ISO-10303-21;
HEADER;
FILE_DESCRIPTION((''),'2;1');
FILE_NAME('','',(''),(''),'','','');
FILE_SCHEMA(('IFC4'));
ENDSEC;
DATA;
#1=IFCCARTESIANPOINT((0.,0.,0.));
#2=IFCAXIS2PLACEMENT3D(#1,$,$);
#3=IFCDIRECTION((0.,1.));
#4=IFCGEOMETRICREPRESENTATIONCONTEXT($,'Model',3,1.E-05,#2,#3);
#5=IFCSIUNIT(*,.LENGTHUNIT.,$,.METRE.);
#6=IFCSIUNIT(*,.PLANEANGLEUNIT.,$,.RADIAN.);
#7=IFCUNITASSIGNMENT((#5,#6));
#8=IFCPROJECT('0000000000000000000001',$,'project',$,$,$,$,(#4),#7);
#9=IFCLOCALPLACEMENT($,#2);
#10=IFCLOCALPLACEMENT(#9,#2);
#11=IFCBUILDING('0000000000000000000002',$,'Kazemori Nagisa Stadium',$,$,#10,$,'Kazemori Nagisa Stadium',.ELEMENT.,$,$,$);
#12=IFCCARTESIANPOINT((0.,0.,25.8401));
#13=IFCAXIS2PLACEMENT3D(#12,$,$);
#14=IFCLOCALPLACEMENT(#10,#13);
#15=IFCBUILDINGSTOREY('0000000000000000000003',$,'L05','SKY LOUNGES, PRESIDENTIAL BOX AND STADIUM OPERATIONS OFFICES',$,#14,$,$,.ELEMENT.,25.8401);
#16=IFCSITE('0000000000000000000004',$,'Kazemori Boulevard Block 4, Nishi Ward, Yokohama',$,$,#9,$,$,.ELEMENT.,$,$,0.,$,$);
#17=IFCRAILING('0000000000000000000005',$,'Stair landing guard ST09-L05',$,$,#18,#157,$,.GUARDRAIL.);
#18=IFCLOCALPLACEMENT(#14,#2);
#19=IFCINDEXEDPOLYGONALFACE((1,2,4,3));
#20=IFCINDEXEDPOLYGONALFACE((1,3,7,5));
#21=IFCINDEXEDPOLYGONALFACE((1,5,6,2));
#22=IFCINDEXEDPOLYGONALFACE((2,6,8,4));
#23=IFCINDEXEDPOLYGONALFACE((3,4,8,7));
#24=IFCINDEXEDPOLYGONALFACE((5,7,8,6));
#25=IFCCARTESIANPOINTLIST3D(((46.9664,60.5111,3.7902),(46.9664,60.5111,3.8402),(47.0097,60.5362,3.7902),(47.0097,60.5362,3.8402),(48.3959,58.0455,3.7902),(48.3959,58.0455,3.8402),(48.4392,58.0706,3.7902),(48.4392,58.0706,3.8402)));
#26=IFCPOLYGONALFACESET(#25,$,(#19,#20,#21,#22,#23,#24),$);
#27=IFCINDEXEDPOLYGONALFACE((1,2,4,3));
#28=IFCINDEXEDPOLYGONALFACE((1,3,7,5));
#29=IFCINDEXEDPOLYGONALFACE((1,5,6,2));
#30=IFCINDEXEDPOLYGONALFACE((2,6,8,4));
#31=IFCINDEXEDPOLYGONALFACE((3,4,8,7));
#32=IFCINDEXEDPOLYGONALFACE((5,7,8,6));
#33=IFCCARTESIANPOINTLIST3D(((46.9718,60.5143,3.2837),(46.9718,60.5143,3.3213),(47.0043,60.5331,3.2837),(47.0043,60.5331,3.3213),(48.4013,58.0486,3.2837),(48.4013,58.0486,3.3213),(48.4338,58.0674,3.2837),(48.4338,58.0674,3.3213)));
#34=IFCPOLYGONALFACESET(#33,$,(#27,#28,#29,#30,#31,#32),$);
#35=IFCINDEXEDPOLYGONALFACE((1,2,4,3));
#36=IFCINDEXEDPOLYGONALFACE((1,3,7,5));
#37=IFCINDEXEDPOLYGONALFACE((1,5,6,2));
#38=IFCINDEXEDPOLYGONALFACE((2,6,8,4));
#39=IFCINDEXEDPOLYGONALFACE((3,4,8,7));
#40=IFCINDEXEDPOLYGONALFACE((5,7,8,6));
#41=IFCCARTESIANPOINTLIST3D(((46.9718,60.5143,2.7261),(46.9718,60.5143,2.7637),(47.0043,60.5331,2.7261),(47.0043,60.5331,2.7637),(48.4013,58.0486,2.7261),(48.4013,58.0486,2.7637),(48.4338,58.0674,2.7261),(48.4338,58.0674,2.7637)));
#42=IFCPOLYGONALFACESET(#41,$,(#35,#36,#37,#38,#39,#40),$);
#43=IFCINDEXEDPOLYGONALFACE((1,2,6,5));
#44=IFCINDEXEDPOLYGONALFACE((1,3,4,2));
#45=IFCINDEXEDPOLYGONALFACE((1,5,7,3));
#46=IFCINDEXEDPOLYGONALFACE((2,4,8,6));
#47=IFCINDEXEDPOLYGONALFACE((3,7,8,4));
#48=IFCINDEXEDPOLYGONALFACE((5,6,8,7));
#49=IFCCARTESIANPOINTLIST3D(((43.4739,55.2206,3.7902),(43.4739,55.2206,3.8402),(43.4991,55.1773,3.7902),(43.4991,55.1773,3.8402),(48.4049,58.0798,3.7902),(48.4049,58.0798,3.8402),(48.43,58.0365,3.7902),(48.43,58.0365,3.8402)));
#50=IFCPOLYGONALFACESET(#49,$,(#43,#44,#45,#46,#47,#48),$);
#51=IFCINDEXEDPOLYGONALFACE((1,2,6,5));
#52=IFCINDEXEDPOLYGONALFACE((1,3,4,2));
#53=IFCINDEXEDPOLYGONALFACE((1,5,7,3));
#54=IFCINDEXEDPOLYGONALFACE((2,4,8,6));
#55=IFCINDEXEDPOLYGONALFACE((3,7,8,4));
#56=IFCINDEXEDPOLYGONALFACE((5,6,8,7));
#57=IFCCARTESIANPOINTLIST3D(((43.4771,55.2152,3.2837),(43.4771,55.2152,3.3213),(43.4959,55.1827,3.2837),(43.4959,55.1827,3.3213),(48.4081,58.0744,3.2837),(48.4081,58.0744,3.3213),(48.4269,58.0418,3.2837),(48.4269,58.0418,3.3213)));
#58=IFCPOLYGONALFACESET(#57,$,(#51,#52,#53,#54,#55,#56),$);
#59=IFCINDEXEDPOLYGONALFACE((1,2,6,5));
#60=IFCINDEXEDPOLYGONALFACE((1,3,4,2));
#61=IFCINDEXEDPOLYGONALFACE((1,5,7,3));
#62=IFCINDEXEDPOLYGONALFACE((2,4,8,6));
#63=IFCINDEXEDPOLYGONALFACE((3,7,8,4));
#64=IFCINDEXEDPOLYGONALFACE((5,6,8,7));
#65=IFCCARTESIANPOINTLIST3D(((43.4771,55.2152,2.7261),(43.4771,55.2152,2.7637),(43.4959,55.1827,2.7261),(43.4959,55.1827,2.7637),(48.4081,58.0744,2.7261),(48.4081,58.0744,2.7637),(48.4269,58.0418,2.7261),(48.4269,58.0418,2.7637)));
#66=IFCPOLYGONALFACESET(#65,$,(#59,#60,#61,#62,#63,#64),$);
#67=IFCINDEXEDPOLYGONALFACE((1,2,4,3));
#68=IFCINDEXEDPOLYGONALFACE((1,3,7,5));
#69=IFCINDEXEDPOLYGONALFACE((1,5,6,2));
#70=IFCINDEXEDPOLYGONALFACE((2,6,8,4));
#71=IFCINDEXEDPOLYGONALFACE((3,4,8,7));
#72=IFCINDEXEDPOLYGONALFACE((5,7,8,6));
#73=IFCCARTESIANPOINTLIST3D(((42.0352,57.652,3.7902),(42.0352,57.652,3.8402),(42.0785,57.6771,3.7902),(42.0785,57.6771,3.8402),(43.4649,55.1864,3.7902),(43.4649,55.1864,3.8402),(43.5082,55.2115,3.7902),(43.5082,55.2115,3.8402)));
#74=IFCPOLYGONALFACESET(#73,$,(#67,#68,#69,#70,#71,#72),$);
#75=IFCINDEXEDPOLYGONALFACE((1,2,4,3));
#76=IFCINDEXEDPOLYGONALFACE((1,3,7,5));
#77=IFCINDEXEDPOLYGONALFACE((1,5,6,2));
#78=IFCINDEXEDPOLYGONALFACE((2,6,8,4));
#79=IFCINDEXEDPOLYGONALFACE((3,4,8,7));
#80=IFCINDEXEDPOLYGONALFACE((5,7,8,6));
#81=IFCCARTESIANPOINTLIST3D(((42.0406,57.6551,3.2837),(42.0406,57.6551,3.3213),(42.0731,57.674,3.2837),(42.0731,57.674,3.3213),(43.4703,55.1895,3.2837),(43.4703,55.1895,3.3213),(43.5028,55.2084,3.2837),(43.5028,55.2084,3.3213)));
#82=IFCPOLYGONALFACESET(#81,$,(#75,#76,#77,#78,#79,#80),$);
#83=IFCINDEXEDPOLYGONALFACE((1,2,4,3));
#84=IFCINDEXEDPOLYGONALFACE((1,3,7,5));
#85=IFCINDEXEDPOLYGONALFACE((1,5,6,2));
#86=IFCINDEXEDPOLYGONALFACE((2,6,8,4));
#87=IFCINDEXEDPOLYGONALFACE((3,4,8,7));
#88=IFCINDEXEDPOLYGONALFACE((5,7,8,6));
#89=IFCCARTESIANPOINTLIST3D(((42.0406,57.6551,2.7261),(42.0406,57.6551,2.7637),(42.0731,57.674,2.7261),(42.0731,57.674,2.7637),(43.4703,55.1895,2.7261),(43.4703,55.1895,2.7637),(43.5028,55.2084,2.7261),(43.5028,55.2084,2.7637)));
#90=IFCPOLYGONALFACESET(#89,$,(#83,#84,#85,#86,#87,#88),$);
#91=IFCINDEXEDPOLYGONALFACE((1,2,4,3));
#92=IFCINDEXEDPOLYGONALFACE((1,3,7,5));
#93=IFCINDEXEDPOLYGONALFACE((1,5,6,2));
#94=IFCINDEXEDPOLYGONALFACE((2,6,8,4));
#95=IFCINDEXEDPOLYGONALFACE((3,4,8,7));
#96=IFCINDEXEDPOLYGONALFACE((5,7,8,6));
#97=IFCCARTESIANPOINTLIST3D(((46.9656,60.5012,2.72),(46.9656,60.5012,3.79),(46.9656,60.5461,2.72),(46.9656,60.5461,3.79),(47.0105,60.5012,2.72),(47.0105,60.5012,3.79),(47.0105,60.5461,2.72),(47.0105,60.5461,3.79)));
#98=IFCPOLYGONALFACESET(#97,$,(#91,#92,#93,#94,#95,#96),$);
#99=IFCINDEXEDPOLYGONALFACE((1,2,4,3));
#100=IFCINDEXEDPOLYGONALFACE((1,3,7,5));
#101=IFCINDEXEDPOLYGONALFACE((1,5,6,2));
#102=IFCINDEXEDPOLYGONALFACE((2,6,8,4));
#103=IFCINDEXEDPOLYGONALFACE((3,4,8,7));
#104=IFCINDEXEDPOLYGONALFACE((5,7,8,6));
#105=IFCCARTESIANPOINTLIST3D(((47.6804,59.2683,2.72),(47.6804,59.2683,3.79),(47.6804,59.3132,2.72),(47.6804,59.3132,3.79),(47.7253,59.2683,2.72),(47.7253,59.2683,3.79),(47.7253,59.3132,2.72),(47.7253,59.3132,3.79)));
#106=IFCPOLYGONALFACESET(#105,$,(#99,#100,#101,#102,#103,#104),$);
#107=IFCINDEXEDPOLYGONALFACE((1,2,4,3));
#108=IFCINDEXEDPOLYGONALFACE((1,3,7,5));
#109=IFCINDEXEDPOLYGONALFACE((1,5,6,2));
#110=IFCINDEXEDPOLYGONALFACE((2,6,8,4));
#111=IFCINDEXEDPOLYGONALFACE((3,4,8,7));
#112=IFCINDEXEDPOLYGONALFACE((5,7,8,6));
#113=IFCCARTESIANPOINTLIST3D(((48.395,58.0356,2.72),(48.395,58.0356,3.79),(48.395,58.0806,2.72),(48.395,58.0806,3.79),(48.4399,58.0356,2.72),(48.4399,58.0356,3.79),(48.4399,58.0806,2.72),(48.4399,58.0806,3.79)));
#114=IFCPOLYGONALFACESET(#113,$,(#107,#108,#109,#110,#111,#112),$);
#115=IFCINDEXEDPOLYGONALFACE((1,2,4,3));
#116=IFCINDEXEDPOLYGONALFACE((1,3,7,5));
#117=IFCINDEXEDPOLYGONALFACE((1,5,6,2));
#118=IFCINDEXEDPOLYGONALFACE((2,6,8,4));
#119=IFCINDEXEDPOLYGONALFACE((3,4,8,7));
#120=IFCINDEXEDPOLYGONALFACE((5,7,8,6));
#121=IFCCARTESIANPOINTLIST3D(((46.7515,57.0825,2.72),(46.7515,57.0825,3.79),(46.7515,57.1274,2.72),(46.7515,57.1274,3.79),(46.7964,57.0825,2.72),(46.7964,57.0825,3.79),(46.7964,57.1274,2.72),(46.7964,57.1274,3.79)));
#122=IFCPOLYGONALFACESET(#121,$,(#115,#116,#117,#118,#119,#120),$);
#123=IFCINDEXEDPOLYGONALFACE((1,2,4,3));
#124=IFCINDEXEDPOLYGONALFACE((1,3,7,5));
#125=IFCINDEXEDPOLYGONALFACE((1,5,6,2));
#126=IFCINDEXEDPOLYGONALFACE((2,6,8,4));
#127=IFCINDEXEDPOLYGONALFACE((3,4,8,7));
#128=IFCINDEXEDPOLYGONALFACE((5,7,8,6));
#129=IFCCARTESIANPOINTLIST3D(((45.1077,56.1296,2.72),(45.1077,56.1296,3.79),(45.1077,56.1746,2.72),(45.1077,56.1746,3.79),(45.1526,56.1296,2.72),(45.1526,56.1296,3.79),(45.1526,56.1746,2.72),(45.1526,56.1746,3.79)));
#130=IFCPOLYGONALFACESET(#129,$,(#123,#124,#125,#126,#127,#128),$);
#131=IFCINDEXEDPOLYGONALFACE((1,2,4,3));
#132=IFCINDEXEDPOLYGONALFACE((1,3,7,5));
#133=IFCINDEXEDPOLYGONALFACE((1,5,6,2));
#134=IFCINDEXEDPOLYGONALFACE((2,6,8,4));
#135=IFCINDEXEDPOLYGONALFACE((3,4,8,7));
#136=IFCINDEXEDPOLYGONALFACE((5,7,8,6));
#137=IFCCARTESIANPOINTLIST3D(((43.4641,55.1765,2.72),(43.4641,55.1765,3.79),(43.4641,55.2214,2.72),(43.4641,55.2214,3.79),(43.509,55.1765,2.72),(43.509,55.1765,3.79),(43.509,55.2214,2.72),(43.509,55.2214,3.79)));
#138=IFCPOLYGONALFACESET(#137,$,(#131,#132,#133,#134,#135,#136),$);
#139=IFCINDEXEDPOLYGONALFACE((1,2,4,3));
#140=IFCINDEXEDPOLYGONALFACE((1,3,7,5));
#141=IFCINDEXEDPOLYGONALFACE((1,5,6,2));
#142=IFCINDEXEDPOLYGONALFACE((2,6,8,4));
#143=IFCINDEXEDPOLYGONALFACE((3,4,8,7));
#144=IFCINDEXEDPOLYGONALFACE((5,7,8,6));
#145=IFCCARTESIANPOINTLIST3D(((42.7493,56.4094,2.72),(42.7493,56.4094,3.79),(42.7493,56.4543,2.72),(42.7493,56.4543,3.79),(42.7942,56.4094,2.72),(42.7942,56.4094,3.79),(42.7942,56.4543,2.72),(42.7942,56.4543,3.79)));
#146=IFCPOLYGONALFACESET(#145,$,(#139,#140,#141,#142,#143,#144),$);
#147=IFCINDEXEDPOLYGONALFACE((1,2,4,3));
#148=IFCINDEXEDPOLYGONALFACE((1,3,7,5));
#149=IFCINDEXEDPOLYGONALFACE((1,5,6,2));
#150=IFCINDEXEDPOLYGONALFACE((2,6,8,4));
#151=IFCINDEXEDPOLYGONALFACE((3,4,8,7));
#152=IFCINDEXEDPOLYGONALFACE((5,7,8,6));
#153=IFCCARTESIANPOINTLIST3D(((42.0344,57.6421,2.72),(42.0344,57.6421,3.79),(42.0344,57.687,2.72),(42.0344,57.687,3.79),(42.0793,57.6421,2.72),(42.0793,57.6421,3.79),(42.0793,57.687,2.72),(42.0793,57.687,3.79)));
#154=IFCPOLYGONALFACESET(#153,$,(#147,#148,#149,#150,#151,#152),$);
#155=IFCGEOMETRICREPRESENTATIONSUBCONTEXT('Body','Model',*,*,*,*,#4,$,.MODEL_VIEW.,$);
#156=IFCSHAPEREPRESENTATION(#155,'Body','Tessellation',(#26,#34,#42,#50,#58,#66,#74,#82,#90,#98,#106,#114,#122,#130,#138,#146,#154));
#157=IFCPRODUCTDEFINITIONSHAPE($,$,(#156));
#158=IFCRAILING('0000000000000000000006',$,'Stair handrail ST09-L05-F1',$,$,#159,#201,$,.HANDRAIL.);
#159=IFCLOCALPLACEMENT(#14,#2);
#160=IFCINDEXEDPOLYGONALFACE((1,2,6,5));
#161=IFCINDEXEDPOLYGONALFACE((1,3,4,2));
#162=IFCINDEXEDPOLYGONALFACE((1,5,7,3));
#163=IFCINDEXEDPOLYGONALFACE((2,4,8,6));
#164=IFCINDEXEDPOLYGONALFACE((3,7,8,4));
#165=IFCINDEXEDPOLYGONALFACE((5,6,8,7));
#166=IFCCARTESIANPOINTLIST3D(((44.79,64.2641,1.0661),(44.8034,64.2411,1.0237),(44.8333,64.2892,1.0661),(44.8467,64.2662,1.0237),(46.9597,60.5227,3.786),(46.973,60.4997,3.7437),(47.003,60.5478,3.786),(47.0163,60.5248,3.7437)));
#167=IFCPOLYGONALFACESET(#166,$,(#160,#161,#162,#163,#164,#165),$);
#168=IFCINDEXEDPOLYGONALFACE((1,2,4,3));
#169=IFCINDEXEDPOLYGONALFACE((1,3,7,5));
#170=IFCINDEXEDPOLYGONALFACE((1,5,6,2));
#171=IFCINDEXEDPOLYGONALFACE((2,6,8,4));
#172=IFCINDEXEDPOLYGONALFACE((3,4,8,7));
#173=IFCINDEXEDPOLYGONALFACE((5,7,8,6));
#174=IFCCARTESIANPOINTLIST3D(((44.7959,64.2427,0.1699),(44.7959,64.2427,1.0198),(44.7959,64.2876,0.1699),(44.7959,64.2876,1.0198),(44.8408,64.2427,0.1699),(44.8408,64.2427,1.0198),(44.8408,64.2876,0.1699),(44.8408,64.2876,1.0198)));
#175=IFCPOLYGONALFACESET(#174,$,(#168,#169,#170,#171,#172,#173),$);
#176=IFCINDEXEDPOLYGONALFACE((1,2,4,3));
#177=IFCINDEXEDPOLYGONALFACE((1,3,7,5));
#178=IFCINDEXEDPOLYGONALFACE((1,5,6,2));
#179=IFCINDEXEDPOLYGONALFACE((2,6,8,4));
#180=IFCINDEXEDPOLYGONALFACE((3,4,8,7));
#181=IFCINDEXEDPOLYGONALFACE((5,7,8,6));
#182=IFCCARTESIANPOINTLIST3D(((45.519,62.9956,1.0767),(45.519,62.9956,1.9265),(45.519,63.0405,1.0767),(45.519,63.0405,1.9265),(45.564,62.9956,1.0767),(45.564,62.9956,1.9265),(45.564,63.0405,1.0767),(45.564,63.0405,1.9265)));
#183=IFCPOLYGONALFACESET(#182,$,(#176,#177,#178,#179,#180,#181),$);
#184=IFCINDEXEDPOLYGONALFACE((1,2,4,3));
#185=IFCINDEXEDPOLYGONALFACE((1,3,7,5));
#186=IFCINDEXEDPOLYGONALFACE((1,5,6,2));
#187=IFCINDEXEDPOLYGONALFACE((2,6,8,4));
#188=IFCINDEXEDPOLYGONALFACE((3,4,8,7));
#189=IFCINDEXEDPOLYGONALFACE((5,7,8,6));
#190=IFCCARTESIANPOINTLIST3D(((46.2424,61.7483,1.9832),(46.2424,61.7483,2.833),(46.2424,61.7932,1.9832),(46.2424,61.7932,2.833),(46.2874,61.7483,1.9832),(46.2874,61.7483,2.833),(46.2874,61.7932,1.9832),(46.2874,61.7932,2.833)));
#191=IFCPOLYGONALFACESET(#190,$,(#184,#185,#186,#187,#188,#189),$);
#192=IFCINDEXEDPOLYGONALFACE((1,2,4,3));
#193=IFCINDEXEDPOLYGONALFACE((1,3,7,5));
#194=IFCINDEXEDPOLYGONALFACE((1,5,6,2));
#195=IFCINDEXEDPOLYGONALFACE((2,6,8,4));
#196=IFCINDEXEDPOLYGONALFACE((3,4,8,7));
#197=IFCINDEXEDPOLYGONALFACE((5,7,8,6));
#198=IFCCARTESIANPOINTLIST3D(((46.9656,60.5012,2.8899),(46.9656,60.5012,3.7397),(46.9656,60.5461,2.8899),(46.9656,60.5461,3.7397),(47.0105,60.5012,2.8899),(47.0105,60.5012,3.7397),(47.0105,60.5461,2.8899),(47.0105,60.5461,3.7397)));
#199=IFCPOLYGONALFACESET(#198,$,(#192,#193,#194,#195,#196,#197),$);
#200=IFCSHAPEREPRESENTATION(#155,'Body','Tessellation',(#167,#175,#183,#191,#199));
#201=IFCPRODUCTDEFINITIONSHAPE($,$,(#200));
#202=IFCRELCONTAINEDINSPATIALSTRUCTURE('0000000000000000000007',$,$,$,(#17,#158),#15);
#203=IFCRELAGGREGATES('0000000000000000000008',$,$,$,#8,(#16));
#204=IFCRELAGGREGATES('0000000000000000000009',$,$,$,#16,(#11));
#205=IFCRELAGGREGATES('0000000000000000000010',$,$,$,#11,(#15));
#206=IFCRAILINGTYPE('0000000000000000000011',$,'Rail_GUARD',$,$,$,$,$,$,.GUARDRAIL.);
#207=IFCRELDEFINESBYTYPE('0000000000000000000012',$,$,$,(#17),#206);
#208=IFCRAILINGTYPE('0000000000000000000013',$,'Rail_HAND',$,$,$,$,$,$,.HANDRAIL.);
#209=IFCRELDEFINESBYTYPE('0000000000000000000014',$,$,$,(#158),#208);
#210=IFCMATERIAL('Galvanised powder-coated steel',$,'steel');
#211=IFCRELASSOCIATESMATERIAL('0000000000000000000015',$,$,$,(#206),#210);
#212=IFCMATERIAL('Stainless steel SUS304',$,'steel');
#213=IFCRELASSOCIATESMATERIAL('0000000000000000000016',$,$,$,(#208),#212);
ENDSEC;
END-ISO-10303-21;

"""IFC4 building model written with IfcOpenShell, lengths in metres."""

from ifc_helpers import new_model, si_unit, direction, frame, origin, origin_2d, place, context, subcontext, project, spatial, rectangle, extrude, material, type_object, element, save


model = new_model("IFC4")

# Units and contexts
model_context = context("Model", 3, precision=1e-05, world=origin(), true_north=direction((0.0, 1.0)))
body_context = subcontext(model_context, "Body", "Model", "MODEL_VIEW")
ifc_project = project(units=[si_unit("LENGTHUNIT", "METRE"), si_unit("PLANEANGLEUNIT", "RADIAN")], contexts=[model_context])

# Site, building, storey
site_placement = place(None, origin())
site = spatial("IfcSite", under=ifc_project, at=site_placement, Name="Kazemori Boulevard Block 4, Nishi Ward, Yokohama", CompositionType="ELEMENT", RefElevation=0.0)
building_placement = place(site_placement, origin())
building = spatial("IfcBuilding", under=site, at=building_placement, Name="Kazemori Nagisa Stadium", LongName="Kazemori Nagisa Stadium", CompositionType="ELEMENT")
storey_placement = place(building_placement, frame((0.0, 0.0, 25.8401)))
storey = spatial("IfcBuildingStorey", under=building, at=storey_placement, Name="L05", Description="SKY LOUNGES, PRESIDENTIAL BOX AND STADIUM OPERATIONS OFFICES", CompositionType="ELEMENT", Elevation=25.8401)

# Shared definitions
ifc_material_1 = material(Name="Stainless steel SUS304", Category="steel")

# Railings
ifc_material_2 = material(Name="Galvanised powder-coated steel", Category="steel")
railing_type_1 = type_object("IfcRailingType", Name="Rail_GUARD", PredefinedType="GUARDRAIL", material=ifc_material_2)
railing_1_placement = place(storey_placement, frame((46.988, 60.5237, 2.72)))
element("IfcRailing", 1, at=railing_1_placement, inside=storey, type_object=railing_type_1, Name="Stair landing guard ST09-L05", PredefinedType="GUARDRAIL", context=body_context, shape_type="SweptSolid", body=[
    extrude(rectangle(XDim=0.05, YDim=0.05, at=origin_2d()), frame((0.0, 0.0, 1.0952), z_axis=(0.501563, -0.865121, 0.0), x_axis=(0.865121, 0.501563, 0.0)), (0.0, 0.0, 1.0), 2.8501),
    extrude(rectangle(XDim=0.0376, YDim=0.0376, at=origin_2d()), frame((0.0, 0.0, 0.5825), z_axis=(0.501563, -0.865121, 0.0), x_axis=(0.865121, 0.501563, 0.0)), (0.0, 0.0, 1.0), 2.8501),
    extrude(rectangle(XDim=0.0376, YDim=0.0376, at=origin_2d()), frame((0.0, 0.0, 0.0249), z_axis=(0.501563, -0.865121, 0.0), x_axis=(0.865121, 0.501563, 0.0)), (0.0, 0.0, 1.0), 2.8501),
    extrude(rectangle(XDim=0.05, YDim=0.05, at=origin_2d()), frame((1.4294, -2.4656, 1.0952), z_axis=(-0.865092, -0.501614, 0.0), x_axis=(0.501614, -0.865092, 0.0)), (0.0, 0.0, 1.0), 5.7),
    extrude(rectangle(XDim=0.0376, YDim=0.0376, at=origin_2d()), frame((1.4294, -2.4656, 0.5825), z_axis=(-0.865092, -0.501614, 0.0), x_axis=(0.501614, -0.865092, 0.0)), (0.0, 0.0, 1.0), 5.7),
    extrude(rectangle(XDim=0.0376, YDim=0.0376, at=origin_2d()), frame((1.4294, -2.4656, 0.0249), z_axis=(-0.865092, -0.501614, 0.0), x_axis=(0.501614, -0.865092, 0.0)), (0.0, 0.0, 1.0), 5.7),
    extrude(rectangle(XDim=0.05, YDim=0.05, at=origin_2d()), frame((-3.5015, -5.3247, 1.0952), z_axis=(-0.501627, 0.865084, 0.0), x_axis=(-0.865084, -0.501627, 0.0)), (0.0, 0.0, 1.0), 2.8501),
    extrude(rectangle(XDim=0.0376, YDim=0.0376, at=origin_2d()), frame((-3.5015, -5.3247, 0.5825), z_axis=(-0.501627, 0.865084, 0.0), x_axis=(-0.865084, -0.501627, 0.0)), (0.0, 0.0, 1.0), 2.8501),
    extrude(rectangle(XDim=0.0376, YDim=0.0376, at=origin_2d()), frame((-3.5015, -5.3247, 0.0249), z_axis=(-0.501627, 0.865084, 0.0), x_axis=(-0.865084, -0.501627, 0.0)), (0.0, 0.0, 1.0), 2.8501),
    extrude(rectangle(XDim=0.0449, YDim=0.0449, at=origin_2d()), origin(), (0.0, 0.0, 1.0), 1.0701),
    extrude(rectangle(XDim=0.0449, YDim=0.0449, at=origin_2d()), frame((0.7148, -1.2329, 0.0)), (0.0, 0.0, 1.0), 1.0701),
    extrude(rectangle(XDim=0.0449, YDim=0.0449, at=origin_2d()), frame((1.4294, -2.4656, 0.0)), (0.0, 0.0, 1.0), 1.0701),
    extrude(rectangle(XDim=0.0449, YDim=0.0449, at=origin_2d()), frame((-0.2141, -3.4187, 0.0)), (0.0, 0.0, 1.0), 1.0701),
    extrude(rectangle(XDim=0.0449, YDim=0.0449, at=origin_2d()), frame((-1.8579, -4.3716, 0.0)), (0.0, 0.0, 1.0), 1.0701),
    extrude(rectangle(XDim=0.0449, YDim=0.0449, at=origin_2d()), frame((-3.5015, -5.3247, 0.0)), (0.0, 0.0, 1.0), 1.0701),
    extrude(rectangle(XDim=0.0449, YDim=0.0449, at=origin_2d()), frame((-4.2163, -4.0918, 0.0)), (0.0, 0.0, 1.0), 1.0701),
    extrude(rectangle(XDim=0.0449, YDim=0.0449, at=origin_2d()), frame((-4.9312, -2.8591, 0.0)), (0.0, 0.0, 1.0), 1.0701),
])
railing_type_2 = type_object("IfcRailingType", Name="Rail_HAND", PredefinedType="HANDRAIL", material=ifc_material_1)
railing_2_placement = place(storey_placement, frame((44.8184, 64.2651, 0.1699)))
element("IfcRailing", 2, at=railing_2_placement, inside=storey, type_object=railing_type_2, Name="Stair handrail ST09-L05-F1", PredefinedType="HANDRAIL", context=body_context, shape_type="SweptSolid", body=[
    extrude(rectangle(XDim=0.05, YDim=0.05, at=origin_2d()), frame((0.0, 0.0, 0.875), z_axis=(0.424658, -0.732293, 0.532364), x_axis=(0.865068, 0.501655, 0.0)), (0.0, 0.0, 1.0), 5.1091),
    extrude(rectangle(XDim=0.0449, YDim=0.0449, at=origin_2d()), origin(), (0.0, 0.0, 1.0), 0.8499),
    extrude(rectangle(XDim=0.0449, YDim=0.0449, at=origin_2d()), frame((0.7231, -1.2471, 0.9067)), (0.0, 0.0, 1.0), 0.8499),
    extrude(rectangle(XDim=0.0449, YDim=0.0449, at=origin_2d()), frame((1.4465, -2.4944, 1.8132)), (0.0, 0.0, 1.0), 0.8499),
    extrude(rectangle(XDim=0.0449, YDim=0.0449, at=origin_2d()), frame((2.1697, -3.7415, 2.72)), (0.0, 0.0, 1.0), 0.8499),
])

save(model, "model.ifc")
